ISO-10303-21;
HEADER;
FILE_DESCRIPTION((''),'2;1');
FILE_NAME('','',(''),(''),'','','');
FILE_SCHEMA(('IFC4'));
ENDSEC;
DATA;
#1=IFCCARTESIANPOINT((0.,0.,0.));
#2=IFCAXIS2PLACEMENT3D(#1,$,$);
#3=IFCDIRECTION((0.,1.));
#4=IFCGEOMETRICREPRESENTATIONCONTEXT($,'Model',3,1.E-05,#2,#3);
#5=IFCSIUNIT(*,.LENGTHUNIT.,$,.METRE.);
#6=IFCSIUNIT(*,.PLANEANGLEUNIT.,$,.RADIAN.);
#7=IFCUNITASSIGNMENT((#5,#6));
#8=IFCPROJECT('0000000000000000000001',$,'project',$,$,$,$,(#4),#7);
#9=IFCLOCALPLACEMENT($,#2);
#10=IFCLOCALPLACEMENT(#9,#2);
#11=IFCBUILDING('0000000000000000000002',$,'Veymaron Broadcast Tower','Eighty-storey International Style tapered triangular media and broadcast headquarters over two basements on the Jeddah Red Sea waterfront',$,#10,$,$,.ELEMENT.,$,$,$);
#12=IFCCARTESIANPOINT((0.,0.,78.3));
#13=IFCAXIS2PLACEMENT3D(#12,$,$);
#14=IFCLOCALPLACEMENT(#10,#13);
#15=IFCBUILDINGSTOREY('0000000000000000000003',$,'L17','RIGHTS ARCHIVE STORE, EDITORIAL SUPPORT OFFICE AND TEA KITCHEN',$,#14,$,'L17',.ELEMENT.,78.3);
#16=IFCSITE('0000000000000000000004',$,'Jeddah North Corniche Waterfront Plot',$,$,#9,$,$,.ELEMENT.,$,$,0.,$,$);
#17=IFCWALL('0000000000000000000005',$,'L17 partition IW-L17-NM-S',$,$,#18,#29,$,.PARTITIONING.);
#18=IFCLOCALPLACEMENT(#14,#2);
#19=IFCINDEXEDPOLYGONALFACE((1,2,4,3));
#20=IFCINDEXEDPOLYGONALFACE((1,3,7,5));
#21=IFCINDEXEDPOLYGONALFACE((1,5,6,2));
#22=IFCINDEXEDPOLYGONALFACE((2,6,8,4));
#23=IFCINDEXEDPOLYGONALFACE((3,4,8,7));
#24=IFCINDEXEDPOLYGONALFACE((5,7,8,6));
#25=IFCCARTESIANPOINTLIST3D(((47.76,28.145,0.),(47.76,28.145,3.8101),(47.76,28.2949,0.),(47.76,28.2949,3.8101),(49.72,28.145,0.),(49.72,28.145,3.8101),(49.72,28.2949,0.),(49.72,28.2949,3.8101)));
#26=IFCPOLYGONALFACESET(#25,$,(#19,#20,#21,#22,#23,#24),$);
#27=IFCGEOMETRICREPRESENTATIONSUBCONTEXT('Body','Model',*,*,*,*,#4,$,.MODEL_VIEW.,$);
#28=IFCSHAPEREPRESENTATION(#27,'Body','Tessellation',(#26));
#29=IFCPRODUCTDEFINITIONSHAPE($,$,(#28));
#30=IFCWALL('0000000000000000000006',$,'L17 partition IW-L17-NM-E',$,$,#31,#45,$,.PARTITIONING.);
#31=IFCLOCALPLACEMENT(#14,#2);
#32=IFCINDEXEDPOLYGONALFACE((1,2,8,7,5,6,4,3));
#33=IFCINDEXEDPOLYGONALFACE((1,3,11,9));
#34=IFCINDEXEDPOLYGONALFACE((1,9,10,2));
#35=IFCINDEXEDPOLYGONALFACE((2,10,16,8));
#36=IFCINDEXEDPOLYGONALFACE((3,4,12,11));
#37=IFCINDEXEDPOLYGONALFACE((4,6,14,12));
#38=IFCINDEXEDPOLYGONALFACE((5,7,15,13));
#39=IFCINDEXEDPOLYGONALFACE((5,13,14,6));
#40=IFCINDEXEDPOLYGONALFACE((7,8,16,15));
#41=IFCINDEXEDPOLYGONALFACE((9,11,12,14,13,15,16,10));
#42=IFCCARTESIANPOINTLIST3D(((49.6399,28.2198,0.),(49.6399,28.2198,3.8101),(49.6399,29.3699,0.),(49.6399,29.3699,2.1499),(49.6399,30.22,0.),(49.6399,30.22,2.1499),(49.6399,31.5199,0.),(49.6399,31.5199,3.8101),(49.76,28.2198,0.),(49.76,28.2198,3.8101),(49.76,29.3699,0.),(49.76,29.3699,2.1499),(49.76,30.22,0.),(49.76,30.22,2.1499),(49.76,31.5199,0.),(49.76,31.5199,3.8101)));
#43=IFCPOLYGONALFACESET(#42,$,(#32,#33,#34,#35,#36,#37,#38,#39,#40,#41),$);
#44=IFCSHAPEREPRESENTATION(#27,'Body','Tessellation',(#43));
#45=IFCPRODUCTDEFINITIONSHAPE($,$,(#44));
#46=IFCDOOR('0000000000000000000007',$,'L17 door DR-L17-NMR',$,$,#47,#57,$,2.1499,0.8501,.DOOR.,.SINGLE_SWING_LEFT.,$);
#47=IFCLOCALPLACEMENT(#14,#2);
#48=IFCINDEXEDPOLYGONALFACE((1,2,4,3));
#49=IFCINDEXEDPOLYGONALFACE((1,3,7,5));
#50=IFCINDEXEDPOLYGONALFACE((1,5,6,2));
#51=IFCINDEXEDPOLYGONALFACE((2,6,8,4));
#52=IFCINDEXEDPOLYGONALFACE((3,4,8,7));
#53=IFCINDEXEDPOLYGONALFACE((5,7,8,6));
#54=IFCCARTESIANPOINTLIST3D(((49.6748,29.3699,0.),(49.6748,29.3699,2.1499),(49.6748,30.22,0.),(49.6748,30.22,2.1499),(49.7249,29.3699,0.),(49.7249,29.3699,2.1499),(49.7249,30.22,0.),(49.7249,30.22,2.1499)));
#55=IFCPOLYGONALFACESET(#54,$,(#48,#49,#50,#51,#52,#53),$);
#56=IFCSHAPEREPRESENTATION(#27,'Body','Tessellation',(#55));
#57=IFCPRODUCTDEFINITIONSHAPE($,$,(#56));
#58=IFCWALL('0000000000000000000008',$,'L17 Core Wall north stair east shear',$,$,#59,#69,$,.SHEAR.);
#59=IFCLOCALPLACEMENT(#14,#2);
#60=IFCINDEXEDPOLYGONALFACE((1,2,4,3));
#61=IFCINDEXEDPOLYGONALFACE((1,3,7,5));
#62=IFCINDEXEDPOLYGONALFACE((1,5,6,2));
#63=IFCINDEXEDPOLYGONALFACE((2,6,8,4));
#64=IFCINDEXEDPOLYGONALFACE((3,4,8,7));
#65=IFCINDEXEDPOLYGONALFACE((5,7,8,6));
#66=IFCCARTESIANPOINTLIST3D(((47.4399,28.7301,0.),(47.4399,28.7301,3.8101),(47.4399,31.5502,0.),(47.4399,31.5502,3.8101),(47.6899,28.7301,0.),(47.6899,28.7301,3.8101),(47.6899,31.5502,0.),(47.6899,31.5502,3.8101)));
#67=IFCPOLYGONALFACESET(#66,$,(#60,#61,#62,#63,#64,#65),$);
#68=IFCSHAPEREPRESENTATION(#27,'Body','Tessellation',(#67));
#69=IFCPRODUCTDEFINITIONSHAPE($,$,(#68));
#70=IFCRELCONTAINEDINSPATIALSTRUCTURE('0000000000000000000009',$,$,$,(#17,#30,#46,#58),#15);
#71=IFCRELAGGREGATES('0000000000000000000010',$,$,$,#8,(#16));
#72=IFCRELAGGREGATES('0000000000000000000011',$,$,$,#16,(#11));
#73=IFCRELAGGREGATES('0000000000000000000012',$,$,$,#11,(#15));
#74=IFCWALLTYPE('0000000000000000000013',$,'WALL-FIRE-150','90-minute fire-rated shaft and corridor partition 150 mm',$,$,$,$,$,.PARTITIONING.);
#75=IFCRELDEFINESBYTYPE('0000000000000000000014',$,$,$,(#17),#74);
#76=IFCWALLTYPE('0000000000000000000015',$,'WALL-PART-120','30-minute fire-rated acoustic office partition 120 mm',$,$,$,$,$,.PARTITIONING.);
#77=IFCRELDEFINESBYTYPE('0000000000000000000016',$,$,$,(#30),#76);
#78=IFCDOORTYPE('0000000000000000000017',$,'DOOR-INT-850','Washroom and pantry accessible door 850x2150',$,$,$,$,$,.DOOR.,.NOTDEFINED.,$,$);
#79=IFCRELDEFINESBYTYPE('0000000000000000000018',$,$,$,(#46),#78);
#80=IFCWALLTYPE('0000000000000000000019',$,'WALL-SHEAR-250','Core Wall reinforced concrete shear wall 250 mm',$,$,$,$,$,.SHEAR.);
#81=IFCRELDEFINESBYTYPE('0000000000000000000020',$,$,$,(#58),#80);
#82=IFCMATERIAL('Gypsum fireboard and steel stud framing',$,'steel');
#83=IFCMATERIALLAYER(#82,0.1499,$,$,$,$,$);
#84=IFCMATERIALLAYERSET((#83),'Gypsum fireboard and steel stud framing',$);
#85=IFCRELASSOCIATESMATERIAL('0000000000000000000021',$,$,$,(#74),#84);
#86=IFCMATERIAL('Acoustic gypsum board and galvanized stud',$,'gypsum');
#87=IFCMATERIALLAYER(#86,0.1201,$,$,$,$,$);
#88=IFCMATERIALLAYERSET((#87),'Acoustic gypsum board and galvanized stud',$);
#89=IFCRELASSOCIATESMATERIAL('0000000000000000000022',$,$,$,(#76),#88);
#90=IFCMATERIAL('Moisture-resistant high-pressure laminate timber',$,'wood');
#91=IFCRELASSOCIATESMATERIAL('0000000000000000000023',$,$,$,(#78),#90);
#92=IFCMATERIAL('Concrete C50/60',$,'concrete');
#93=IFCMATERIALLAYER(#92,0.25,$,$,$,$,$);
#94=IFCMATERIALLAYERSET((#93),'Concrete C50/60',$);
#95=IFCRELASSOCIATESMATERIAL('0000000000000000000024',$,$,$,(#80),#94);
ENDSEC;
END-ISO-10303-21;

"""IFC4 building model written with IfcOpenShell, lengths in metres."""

from ifc_helpers import new_model, si_unit, direction, frame, frame_2d, origin, place, context, subcontext, project, spatial, rectangle, extrude, material, layer, layer_set, type_object, element, fill, save


model = new_model("IFC4")

# Units and contexts
model_context = context("Model", 3, precision=1e-05, world=origin(), true_north=direction((0.0, 1.0)))
body_context = subcontext(model_context, "Body", "Model", "MODEL_VIEW")
ifc_project = project(units=[si_unit("LENGTHUNIT", "METRE"), si_unit("PLANEANGLEUNIT", "RADIAN")], contexts=[model_context])

# Site, building, storey
site_placement = place(None, origin())
site = spatial("IfcSite", under=ifc_project, at=site_placement, Name="Jeddah North Corniche Waterfront Plot", CompositionType="ELEMENT", RefElevation=0.0)
building_placement = place(site_placement, origin())
building = spatial("IfcBuilding", under=site, at=building_placement, Name="Veymaron Broadcast Tower", Description="Eighty-storey International Style tapered triangular media and broadcast headquarters over two basements on the Jeddah Red Sea waterfront", CompositionType="ELEMENT")
storey_placement = place(building_placement, frame((0.0, 0.0, 78.3)))
storey = spatial("IfcBuildingStorey", under=building, at=storey_placement, Name="L17", Description="RIGHTS ARCHIVE STORE, EDITORIAL SUPPORT OFFICE AND TEA KITCHEN", LongName="L17", CompositionType="ELEMENT", Elevation=78.3)

# Shared definitions
ifc_material_1 = material(Name="Gypsum fireboard and steel stud framing", Category="steel")
ifc_layer_1 = layer(ifc_material_1, 0.1499)
ifc_layer_set_1 = layer_set([ifc_layer_1], Name="Gypsum fireboard and steel stud framing")
wall_type_1 = type_object("IfcWallType", Name="WALL-FIRE-150", Description="90-minute fire-rated shaft and corridor partition 150 mm", PredefinedType="PARTITIONING", material=ifc_layer_set_1)

# Wall
wall_1_placement = place(storey_placement, frame((47.76, 28.22, 0.0), z_axis=(0.0, 0.0, 1.0), x_axis=(1.0, 0.0, 0.0)))
element("IfcWall", 1, at=wall_1_placement, inside=storey, type_object=wall_type_1, Name="L17 partition IW-L17-NM-S", PredefinedType="PARTITIONING", context=body_context, shape_type="SweptSolid", body=[
    extrude(rectangle(XDim=1.96, YDim=0.1499, at=frame_2d((0.98, 0.0))), origin(), (0.0, 0.0, 1.0), 3.8101),
])

# Wall, opening, door
ifc_material_2 = material(Name="Acoustic gypsum board and galvanized stud", Category="gypsum")
ifc_layer_2 = layer(ifc_material_2, 0.1201)
ifc_layer_set_2 = layer_set([ifc_layer_2], Name="Acoustic gypsum board and galvanized stud")
wall_type_2 = type_object("IfcWallType", Name="WALL-PART-120", Description="30-minute fire-rated acoustic office partition 120 mm", PredefinedType="PARTITIONING", material=ifc_layer_set_2)
wall_2_placement = place(storey_placement, frame((49.7, 28.22, 0.0), z_axis=(0.0, 0.0, 1.0), x_axis=(0.0, 1.0, 0.0)))
wall_2 = element("IfcWall", 2, at=wall_2_placement, inside=storey, type_object=wall_type_2, Name="L17 partition IW-L17-NM-E", PredefinedType="PARTITIONING", context=body_context, shape_type="SweptSolid", body=[
    extrude(rectangle(XDim=3.3, YDim=0.1201, at=frame_2d((1.6499, 0.0))), origin(), (0.0, 0.0, 1.0), 3.8101),
])
opening_1_placement = place(wall_2_placement, frame((1.1499, 0.0, 0.0)))
opening_1 = element("IfcOpeningElement", 3, at=opening_1_placement, cuts=wall_2, PredefinedType="OPENING", context=body_context, shape_type="SweptSolid", body=[
    extrude(rectangle(XDim=0.8501, YDim=2.1499, at=frame_2d((0.425, 1.075))), frame((0.0, 0.0701, 0.0), z_axis=(0.0, -1.0, 0.0), x_axis=(1.0, 0.0, 0.0)), (0.0, 0.0, 1.0), 0.1401),
])
ifc_material_3 = material(Name="Moisture-resistant high-pressure laminate timber", Category="wood")
door_type_1 = type_object("IfcDoorType", Name="DOOR-INT-850", Description="Washroom and pantry accessible door 850x2150", OperationType="NOTDEFINED", PredefinedType="DOOR", material=ifc_material_3)
door_1_placement = place(opening_1_placement, frame((0.8501, 0.0, 0.0), z_axis=(0.0, 0.0, 1.0), x_axis=(-1.0, 0.0, 0.0)))
door_1 = element("IfcDoor", 4, at=door_1_placement, inside=storey, type_object=door_type_1, Name="L17 door DR-L17-NMR", OperationType="SINGLE_SWING_LEFT", OverallHeight=2.1499, OverallWidth=0.8501, PredefinedType="DOOR", context=body_context, shape_type="SweptSolid", body=[
    extrude(rectangle(XDim=0.8501, YDim=2.1499, at=frame_2d((0.425, 1.075))), frame((0.0, 0.0249, 0.0), z_axis=(0.0, -1.0, 0.0), x_axis=(1.0, 0.0, 0.0)), (0.0, 0.0, 1.0), 0.05),
])
fill(opening_1, door_1)

# Wall
ifc_material_4 = material(Name="Concrete C50/60", Category="concrete")
ifc_layer_3 = layer(ifc_material_4, 0.25)
ifc_layer_set_3 = layer_set([ifc_layer_3], Name="Concrete C50/60")
wall_type_3 = type_object("IfcWallType", Name="WALL-SHEAR-250", Description="Core Wall reinforced concrete shear wall 250 mm", PredefinedType="SHEAR", material=ifc_layer_set_3)
wall_3_placement = place(storey_placement, frame((47.5649, 28.73, 0.0), z_axis=(0.0, 0.0, 1.0), x_axis=(0.0, 1.0, 0.0)))
element("IfcWall", 5, at=wall_3_placement, inside=storey, type_object=wall_type_3, Name="L17 Core Wall north stair east shear", PredefinedType="SHEAR", context=body_context, shape_type="SweptSolid", body=[
    extrude(rectangle(XDim=2.8201, YDim=0.25, at=frame_2d((1.4102, 0.0))), origin(), (0.0, 0.0, 1.0), 3.8101),
])

save(model, "model.ifc")
